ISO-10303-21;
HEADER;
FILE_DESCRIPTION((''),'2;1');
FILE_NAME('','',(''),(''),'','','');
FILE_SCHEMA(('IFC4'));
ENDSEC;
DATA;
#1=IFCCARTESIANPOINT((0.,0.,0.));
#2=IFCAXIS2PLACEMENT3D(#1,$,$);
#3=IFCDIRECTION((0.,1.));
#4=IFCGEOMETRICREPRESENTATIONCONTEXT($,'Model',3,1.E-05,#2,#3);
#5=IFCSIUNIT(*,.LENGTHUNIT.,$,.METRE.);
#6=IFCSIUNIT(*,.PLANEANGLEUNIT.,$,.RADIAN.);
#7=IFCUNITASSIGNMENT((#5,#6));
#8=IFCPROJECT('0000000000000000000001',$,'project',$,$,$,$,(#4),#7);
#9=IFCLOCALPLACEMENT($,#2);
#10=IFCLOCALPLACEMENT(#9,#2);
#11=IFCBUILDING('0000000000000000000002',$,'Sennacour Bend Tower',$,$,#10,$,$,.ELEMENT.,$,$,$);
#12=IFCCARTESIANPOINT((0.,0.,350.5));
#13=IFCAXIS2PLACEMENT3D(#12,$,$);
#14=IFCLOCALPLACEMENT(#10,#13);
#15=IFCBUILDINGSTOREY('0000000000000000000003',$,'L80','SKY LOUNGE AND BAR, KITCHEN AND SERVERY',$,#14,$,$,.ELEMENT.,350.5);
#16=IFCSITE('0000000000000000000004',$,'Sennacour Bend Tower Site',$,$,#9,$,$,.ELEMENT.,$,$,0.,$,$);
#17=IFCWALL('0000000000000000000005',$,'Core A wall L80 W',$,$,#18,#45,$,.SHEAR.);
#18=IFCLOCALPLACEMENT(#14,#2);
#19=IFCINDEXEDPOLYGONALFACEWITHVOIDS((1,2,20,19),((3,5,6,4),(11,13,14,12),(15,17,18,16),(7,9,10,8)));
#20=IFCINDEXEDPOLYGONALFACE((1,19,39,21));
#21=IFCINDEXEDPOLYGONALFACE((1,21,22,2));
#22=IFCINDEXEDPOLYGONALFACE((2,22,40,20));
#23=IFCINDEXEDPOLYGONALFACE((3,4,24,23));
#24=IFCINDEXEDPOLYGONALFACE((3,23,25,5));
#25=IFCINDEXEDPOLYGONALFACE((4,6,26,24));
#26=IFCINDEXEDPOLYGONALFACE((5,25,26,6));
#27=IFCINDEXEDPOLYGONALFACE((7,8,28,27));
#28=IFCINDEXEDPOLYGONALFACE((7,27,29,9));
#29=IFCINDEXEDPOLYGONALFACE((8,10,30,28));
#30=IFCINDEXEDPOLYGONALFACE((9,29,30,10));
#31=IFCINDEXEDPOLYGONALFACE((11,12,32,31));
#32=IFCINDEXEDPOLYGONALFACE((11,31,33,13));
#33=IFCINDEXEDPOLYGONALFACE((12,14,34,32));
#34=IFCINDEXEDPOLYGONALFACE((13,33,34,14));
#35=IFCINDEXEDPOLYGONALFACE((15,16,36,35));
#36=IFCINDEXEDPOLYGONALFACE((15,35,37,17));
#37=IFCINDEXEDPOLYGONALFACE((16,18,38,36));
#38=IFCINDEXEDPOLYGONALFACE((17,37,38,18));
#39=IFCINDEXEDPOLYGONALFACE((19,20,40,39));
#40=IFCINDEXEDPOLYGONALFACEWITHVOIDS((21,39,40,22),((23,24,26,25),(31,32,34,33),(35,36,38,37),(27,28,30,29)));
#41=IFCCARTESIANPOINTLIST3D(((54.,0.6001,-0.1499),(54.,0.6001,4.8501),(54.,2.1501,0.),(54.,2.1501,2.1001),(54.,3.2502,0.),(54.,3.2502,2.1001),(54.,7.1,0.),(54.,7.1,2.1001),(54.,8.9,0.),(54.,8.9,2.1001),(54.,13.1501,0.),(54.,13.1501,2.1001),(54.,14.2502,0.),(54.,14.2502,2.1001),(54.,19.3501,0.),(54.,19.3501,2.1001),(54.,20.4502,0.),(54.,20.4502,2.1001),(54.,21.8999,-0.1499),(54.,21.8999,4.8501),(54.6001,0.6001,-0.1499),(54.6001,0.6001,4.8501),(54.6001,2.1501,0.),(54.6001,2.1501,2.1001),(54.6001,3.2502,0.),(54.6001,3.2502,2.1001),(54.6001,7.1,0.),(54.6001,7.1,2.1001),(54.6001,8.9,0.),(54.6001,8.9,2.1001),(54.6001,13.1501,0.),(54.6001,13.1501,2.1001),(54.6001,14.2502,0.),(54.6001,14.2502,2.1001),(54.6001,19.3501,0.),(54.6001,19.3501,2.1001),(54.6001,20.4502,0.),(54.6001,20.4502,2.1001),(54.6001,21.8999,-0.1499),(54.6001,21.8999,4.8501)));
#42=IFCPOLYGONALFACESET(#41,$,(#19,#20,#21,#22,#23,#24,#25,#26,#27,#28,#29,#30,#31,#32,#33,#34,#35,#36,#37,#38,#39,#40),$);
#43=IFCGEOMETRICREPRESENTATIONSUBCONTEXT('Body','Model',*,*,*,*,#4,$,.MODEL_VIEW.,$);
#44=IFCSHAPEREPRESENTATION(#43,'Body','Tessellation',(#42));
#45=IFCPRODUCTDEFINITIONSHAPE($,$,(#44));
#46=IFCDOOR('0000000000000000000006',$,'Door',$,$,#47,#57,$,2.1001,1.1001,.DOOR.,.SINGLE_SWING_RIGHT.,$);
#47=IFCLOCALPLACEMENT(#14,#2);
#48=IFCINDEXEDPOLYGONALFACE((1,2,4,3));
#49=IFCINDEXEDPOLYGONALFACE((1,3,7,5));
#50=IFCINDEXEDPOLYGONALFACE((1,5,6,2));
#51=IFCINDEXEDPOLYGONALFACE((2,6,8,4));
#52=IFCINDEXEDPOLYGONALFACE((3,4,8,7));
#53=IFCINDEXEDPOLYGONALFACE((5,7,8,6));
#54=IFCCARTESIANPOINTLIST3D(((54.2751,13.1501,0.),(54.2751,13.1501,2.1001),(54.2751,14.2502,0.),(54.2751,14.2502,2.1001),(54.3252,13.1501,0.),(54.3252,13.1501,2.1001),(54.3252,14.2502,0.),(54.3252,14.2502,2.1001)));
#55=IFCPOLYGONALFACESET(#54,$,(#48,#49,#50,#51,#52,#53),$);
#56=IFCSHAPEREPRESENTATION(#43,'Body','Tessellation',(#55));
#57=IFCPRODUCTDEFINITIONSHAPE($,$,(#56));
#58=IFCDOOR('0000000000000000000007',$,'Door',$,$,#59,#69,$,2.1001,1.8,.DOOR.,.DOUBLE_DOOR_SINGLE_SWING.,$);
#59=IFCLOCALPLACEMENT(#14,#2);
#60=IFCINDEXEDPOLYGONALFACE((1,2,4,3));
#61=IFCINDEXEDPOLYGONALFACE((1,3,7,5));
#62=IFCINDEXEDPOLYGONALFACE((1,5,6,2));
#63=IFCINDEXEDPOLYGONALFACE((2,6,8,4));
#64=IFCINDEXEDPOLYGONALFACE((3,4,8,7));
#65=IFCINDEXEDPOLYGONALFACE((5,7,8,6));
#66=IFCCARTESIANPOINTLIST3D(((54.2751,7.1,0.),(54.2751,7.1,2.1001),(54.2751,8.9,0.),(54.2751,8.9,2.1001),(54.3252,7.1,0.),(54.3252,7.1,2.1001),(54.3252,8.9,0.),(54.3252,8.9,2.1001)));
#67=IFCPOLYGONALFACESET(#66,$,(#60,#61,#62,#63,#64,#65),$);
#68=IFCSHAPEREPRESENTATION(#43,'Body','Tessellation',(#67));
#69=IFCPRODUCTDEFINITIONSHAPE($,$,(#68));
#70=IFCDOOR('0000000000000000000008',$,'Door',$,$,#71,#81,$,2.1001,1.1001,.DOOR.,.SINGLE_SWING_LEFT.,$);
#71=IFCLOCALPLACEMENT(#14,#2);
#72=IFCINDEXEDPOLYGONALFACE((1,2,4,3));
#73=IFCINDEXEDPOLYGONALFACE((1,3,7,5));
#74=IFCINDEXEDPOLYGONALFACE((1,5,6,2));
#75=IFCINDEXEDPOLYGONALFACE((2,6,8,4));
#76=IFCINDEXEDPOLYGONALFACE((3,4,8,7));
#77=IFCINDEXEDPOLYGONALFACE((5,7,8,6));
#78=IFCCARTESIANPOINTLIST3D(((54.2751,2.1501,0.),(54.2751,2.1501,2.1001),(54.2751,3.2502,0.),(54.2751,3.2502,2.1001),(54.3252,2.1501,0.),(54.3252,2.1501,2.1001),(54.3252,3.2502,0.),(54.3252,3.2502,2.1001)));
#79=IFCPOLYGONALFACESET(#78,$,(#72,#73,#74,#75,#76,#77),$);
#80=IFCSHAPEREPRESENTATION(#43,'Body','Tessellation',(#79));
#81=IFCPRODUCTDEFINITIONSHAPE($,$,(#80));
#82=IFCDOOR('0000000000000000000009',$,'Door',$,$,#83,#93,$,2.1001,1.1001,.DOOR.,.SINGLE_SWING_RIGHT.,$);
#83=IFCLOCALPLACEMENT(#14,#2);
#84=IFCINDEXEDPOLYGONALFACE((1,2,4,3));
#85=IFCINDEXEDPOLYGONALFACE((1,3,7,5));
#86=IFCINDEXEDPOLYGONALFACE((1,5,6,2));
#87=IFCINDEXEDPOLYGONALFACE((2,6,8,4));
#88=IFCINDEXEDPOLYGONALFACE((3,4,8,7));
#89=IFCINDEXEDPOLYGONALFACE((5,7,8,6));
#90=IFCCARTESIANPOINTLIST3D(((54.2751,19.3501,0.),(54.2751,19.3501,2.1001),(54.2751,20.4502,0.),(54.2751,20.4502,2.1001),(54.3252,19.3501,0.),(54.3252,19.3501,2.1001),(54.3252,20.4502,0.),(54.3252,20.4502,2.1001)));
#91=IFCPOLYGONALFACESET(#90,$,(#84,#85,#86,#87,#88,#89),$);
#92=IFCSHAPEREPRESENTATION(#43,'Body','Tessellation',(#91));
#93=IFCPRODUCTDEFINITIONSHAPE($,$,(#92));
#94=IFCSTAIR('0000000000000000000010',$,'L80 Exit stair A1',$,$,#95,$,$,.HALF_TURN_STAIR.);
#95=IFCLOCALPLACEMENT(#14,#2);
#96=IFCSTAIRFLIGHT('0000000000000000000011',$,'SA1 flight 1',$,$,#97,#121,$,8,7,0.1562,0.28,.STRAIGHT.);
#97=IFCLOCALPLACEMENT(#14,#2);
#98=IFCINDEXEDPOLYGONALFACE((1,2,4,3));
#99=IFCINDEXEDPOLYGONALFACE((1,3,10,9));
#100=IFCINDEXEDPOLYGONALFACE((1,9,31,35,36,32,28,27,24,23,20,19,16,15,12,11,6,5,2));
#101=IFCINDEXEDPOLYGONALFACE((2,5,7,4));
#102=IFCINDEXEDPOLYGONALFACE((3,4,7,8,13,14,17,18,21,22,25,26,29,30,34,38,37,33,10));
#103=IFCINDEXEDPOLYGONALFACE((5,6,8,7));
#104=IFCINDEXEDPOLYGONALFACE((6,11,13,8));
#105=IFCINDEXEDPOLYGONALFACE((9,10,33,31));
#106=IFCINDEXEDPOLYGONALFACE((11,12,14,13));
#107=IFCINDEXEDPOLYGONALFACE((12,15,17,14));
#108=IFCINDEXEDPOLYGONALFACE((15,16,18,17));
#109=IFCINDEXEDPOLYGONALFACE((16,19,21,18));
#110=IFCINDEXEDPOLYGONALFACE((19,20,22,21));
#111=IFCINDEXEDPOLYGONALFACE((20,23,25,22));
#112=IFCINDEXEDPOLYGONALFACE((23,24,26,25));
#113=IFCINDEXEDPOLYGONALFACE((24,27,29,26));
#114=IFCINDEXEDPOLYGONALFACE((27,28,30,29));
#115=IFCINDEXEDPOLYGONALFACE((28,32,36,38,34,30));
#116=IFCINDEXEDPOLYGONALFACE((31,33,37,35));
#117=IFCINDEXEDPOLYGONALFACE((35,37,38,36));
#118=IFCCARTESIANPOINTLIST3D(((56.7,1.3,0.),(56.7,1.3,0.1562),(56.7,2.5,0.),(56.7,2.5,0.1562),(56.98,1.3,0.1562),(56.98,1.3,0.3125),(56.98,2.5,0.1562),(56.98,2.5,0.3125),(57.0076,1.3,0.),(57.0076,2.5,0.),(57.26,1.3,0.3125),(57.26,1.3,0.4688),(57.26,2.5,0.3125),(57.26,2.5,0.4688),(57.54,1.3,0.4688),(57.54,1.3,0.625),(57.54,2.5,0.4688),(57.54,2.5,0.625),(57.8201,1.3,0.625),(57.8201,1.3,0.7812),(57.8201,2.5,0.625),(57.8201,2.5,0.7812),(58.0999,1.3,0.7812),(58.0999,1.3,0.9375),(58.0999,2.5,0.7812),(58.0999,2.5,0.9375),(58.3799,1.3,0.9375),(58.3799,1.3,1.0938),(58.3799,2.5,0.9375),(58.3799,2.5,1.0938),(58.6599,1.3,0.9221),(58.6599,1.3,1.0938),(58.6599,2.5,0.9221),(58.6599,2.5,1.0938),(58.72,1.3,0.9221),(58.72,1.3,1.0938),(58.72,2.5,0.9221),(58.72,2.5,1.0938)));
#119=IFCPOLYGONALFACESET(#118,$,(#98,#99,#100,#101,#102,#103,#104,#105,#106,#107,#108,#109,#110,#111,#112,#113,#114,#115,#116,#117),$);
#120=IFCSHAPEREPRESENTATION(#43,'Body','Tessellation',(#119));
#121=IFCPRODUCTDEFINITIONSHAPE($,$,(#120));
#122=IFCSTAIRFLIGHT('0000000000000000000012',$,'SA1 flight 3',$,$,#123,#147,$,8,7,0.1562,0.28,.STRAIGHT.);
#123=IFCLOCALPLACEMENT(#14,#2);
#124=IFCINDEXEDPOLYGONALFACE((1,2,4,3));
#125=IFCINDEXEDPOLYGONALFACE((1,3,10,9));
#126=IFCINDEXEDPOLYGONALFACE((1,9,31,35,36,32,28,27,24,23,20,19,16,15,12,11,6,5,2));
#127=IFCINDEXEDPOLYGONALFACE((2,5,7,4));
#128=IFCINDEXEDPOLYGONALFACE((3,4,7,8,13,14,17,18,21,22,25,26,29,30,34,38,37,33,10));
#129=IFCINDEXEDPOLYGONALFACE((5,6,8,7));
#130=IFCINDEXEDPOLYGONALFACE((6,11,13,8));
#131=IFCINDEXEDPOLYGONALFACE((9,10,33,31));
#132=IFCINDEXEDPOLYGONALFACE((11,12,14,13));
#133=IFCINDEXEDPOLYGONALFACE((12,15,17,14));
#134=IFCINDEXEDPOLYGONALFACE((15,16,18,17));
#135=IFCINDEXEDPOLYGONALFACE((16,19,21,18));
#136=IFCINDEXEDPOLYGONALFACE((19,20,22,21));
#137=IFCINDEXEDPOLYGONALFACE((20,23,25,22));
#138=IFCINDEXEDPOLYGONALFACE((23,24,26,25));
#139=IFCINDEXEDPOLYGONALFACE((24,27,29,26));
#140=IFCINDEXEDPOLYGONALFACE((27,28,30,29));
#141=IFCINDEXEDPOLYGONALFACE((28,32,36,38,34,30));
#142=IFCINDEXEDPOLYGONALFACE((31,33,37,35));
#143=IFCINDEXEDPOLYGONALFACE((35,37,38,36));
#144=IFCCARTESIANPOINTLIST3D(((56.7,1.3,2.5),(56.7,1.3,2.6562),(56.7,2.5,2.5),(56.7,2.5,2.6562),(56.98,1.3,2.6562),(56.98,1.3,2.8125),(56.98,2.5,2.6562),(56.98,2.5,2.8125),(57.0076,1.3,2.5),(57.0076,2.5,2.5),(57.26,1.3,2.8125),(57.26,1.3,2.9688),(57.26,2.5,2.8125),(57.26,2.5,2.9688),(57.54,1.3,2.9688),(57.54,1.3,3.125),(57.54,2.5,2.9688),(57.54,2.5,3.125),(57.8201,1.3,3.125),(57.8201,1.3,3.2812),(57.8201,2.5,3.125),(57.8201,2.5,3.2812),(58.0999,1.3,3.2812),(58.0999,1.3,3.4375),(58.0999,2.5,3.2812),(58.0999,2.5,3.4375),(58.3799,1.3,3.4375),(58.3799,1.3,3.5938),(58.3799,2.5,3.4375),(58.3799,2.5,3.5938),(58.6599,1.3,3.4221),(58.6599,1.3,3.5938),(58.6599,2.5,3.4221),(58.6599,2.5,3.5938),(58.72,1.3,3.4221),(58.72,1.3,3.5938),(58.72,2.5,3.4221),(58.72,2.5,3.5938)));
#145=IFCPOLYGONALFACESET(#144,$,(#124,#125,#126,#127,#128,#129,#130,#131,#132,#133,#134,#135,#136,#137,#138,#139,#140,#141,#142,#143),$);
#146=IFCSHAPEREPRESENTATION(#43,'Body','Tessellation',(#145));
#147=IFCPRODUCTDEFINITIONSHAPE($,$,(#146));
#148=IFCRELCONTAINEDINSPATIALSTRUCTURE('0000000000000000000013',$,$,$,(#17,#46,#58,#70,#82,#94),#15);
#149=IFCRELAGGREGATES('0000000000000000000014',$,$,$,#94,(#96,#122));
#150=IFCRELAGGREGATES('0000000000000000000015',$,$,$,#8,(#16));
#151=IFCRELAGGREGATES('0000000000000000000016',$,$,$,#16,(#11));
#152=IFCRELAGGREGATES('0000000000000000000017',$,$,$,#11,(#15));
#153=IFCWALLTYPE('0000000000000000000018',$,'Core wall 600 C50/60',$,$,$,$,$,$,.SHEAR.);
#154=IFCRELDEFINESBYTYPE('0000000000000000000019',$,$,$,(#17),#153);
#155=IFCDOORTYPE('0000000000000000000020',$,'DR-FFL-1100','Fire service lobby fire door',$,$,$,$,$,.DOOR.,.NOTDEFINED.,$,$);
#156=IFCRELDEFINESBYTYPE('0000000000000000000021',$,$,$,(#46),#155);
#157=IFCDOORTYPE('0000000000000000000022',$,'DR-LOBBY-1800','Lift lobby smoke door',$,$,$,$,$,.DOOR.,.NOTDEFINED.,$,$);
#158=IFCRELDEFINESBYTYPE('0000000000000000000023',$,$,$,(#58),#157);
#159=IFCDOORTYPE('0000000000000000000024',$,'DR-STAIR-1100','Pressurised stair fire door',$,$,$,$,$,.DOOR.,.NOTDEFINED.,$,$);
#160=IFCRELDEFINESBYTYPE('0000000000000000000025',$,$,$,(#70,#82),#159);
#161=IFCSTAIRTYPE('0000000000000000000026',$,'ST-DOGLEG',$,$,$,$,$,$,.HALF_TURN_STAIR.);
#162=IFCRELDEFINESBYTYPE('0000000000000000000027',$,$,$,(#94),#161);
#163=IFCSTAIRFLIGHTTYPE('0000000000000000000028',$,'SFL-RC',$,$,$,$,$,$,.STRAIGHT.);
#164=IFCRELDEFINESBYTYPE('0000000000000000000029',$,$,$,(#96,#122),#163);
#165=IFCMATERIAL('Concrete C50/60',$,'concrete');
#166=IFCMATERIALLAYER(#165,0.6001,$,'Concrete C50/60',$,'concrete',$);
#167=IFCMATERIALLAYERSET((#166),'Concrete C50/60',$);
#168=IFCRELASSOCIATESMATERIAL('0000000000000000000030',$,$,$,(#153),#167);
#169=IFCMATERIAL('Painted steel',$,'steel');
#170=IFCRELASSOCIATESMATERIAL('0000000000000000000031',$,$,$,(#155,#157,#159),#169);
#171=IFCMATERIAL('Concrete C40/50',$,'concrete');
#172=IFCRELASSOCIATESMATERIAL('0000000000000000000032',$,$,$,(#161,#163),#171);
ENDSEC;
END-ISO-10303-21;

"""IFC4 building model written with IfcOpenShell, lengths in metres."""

from ifc_helpers import new_model, si_unit, direction, frame, frame_2d, origin, place, context, subcontext, project, spatial, polyline, rectangle, outline, extrude, material, layer, layer_set, type_object, element, fill, aggregate, save


model = new_model("IFC4")

# Units and contexts
model_context = context("Model", 3, precision=1e-05, world=origin(), true_north=direction((0.0, 1.0)))
body_context = subcontext(model_context, "Body", "Model", "MODEL_VIEW")
ifc_project = project(units=[si_unit("LENGTHUNIT", "METRE"), si_unit("PLANEANGLEUNIT", "RADIAN")], contexts=[model_context])

# Site, building, storey
site_placement = place(None, origin())
site = spatial("IfcSite", under=ifc_project, at=site_placement, Name="Sennacour Bend Tower Site", CompositionType="ELEMENT", RefElevation=0.0)
building_placement = place(site_placement, origin())
building = spatial("IfcBuilding", under=site, at=building_placement, Name="Sennacour Bend Tower", CompositionType="ELEMENT")
storey_placement = place(building_placement, frame((0.0, 0.0, 350.5)))
storey = spatial("IfcBuildingStorey", under=building, at=storey_placement, Name="L80", Description="SKY LOUNGE AND BAR, KITCHEN AND SERVERY", CompositionType="ELEMENT", Elevation=350.5)

# Wall, openings, doors
ifc_material_1 = material(Name="Concrete C50/60", Category="concrete")
ifc_layer_1 = layer(ifc_material_1, 0.6001, Name="Concrete C50/60", Category="concrete")
ifc_layer_set_1 = layer_set([ifc_layer_1], Name="Concrete C50/60")
wall_type = type_object("IfcWallType", Name="Core wall 600 C50/60", PredefinedType="SHEAR", material=ifc_layer_set_1)
wall_placement = place(storey_placement, frame((54.3, 0.6001, -0.1499), z_axis=(0.0, 0.0, 1.0), x_axis=(0.0, 1.0, 0.0)))
wall = element("IfcWall", 1, at=wall_placement, inside=storey, type_object=wall_type, Name="Core A wall L80 W", PredefinedType="SHEAR", context=body_context, shape_type="SweptSolid", body=[
    extrude(rectangle(XDim=21.2998, YDim=0.6001, at=frame_2d((10.6499, 0.0))), origin(), (0.0, 0.0, 1.0), 5.0),
])
opening_1_placement = place(wall_placement, frame((6.5, 0.0, 0.1499)))
opening_1 = element("IfcOpeningElement", 2, at=opening_1_placement, cuts=wall, PredefinedType="OPENING", context=body_context, shape_type="SweptSolid", body=[
    extrude(rectangle(XDim=1.8, YDim=2.1001, at=frame_2d((0.8999, 1.05))), frame((0.0, 0.3101, 0.0), z_axis=(0.0, -1.0, 0.0), x_axis=(1.0, 0.0, 0.0)), (0.0, 0.0, 1.0), 0.6201),
])
opening_2_placement = place(wall_placement, frame((12.55, 0.0, 0.1499)))
opening_2 = element("IfcOpeningElement", 3, at=opening_2_placement, cuts=wall, PredefinedType="OPENING", context=body_context, shape_type="SweptSolid", body=[
    extrude(rectangle(XDim=1.1001, YDim=2.1001, at=frame_2d((0.55, 1.05))), frame((0.0, 0.3101, 0.0), z_axis=(0.0, -1.0, 0.0), x_axis=(1.0, 0.0, 0.0)), (0.0, 0.0, 1.0), 0.6201),
])
opening_3_placement = place(wall_placement, frame((1.55, 0.0, 0.1499)))
opening_3 = element("IfcOpeningElement", 4, at=opening_3_placement, cuts=wall, PredefinedType="OPENING", context=body_context, shape_type="SweptSolid", body=[
    extrude(rectangle(XDim=1.1001, YDim=2.1001, at=frame_2d((0.55, 1.05))), frame((0.0, 0.3101, 0.0), z_axis=(0.0, -1.0, 0.0), x_axis=(1.0, 0.0, 0.0)), (0.0, 0.0, 1.0), 0.6201),
])
opening_4_placement = place(wall_placement, frame((18.75, 0.0, 0.1499)))
opening_4 = element("IfcOpeningElement", 5, at=opening_4_placement, cuts=wall, PredefinedType="OPENING", context=body_context, shape_type="SweptSolid", body=[
    extrude(rectangle(XDim=1.1001, YDim=2.1001, at=frame_2d((0.55, 1.05))), frame((0.0, 0.3101, 0.0), z_axis=(0.0, -1.0, 0.0), x_axis=(1.0, 0.0, 0.0)), (0.0, 0.0, 1.0), 0.6201),
])
ifc_material_2 = material(Name="Painted steel", Category="steel")
door_type_1 = type_object("IfcDoorType", Name="DR-FFL-1100", Description="Fire service lobby fire door", OperationType="NOTDEFINED", PredefinedType="DOOR", material=ifc_material_2)
door_1_placement = place(opening_2_placement, origin())
door_1 = element("IfcDoor", 6, at=door_1_placement, inside=storey, type_object=door_type_1, Name="Door", OperationType="SINGLE_SWING_RIGHT", OverallHeight=2.1001, OverallWidth=1.1001, PredefinedType="DOOR", context=body_context, shape_type="SweptSolid", body=[
    extrude(rectangle(XDim=1.1001, YDim=2.1001, at=frame_2d((0.55, 1.05))), frame((0.0, 0.0249, 0.0), z_axis=(0.0, -1.0, 0.0), x_axis=(1.0, 0.0, 0.0)), (0.0, 0.0, 1.0), 0.05),
])
fill(opening_2, door_1)
door_type_2 = type_object("IfcDoorType", Name="DR-LOBBY-1800", Description="Lift lobby smoke door", OperationType="NOTDEFINED", PredefinedType="DOOR", material=ifc_material_2)
door_2_placement = place(opening_1_placement, origin())
door_2 = element("IfcDoor", 7, at=door_2_placement, inside=storey, type_object=door_type_2, Name="Door", OperationType="DOUBLE_DOOR_SINGLE_SWING", OverallHeight=2.1001, OverallWidth=1.8, PredefinedType="DOOR", context=body_context, shape_type="SweptSolid", body=[
    extrude(rectangle(XDim=1.8, YDim=2.1001, at=frame_2d((0.8999, 1.05))), frame((0.0, 0.0249, 0.0), z_axis=(0.0, -1.0, 0.0), x_axis=(1.0, 0.0, 0.0)), (0.0, 0.0, 1.0), 0.05),
])
fill(opening_1, door_2)
door_type_3 = type_object("IfcDoorType", Name="DR-STAIR-1100", Description="Pressurised stair fire door", OperationType="NOTDEFINED", PredefinedType="DOOR", material=ifc_material_2)
door_3_placement = place(opening_3_placement, origin())
door_3 = element("IfcDoor", 8, at=door_3_placement, inside=storey, type_object=door_type_3, Name="Door", OperationType="SINGLE_SWING_LEFT", OverallHeight=2.1001, OverallWidth=1.1001, PredefinedType="DOOR", context=body_context, shape_type="SweptSolid", body=[
    extrude(rectangle(XDim=1.1001, YDim=2.1001, at=frame_2d((0.55, 1.05))), frame((0.0, 0.0249, 0.0), z_axis=(0.0, -1.0, 0.0), x_axis=(1.0, 0.0, 0.0)), (0.0, 0.0, 1.0), 0.05),
])
fill(opening_3, door_3)
door_4_placement = place(opening_4_placement, origin())
door_4 = element("IfcDoor", 9, at=door_4_placement, inside=storey, type_object=door_type_3, Name="Door", OperationType="SINGLE_SWING_RIGHT", OverallHeight=2.1001, OverallWidth=1.1001, PredefinedType="DOOR", context=body_context, shape_type="SweptSolid", body=[
    extrude(rectangle(XDim=1.1001, YDim=2.1001, at=frame_2d((0.55, 1.05))), frame((0.0, 0.0249, 0.0), z_axis=(0.0, -1.0, 0.0), x_axis=(1.0, 0.0, 0.0)), (0.0, 0.0, 1.0), 0.05),
])
fill(opening_4, door_4)

# Stair, stair flights
ifc_material_3 = material(Name="Concrete C40/50", Category="concrete")
stair_type = type_object("IfcStairType", Name="ST-DOGLEG", PredefinedType="HALF_TURN_STAIR", material=ifc_material_3)
stair_placement = place(storey_placement, origin())
stair = element("IfcStair", 10, at=stair_placement, inside=storey, type_object=stair_type, Name="L80 Exit stair A1", PredefinedType="HALF_TURN_STAIR")
stair_flight_type = type_object("IfcStairFlightType", Name="SFL-RC", PredefinedType="STRAIGHT", material=ifc_material_3)
stair_flight_1_placement = place(storey_placement, frame((56.7, 1.8999, 0.0), z_axis=(0.0, 0.0, 1.0), x_axis=(1.0, 0.0, 0.0)))
stair_flight_1 = element("IfcStairFlight", 11, at=stair_flight_1_placement, type_object=stair_flight_type, Name="SA1 flight 1", NumberOfRisers=8, NumberOfTreads=7, PredefinedType="STRAIGHT", RiserHeight=0.1562, TreadLength=0.28, context=body_context, shape_type="SweptSolid", body=[
    extrude(outline(polyline([(0.0, 0.0), (0.0, 0.1562), (0.28, 0.1562), (0.28, 0.3125), (0.5601, 0.3125), (0.5601, 0.4688), (0.8401, 0.4688), (0.8401, 0.625), (1.1201, 0.625), (1.1201, 0.7812), (1.3999, 0.7812), (1.3999, 0.9375), (1.6799, 0.9375), (1.6799, 1.0938), (1.96, 1.0938), (2.02, 1.0938), (2.02, 0.9221), (1.96, 0.9221), (0.3076, 0.0), (0.0, 0.0)])), frame((0.0, 0.6001, 0.0), z_axis=(0.0, -1.0, 0.0), x_axis=(1.0, 0.0, 0.0)), (0.0, 0.0, 1.0), 1.2),
])
stair_flight_2_placement = place(storey_placement, frame((56.7, 1.8999, 2.5), z_axis=(0.0, 0.0, 1.0), x_axis=(1.0, 0.0, 0.0)))
stair_flight_2 = element("IfcStairFlight", 12, at=stair_flight_2_placement, type_object=stair_flight_type, Name="SA1 flight 3", NumberOfRisers=8, NumberOfTreads=7, PredefinedType="STRAIGHT", RiserHeight=0.1562, TreadLength=0.28, context=body_context, shape_type="SweptSolid", body=[
    extrude(outline(polyline([(0.0, 0.0), (0.0, 0.1562), (0.28, 0.1562), (0.28, 0.3125), (0.5601, 0.3125), (0.5601, 0.4688), (0.8401, 0.4688), (0.8401, 0.625), (1.1201, 0.625), (1.1201, 0.7812), (1.3999, 0.7812), (1.3999, 0.9375), (1.6799, 0.9375), (1.6799, 1.0938), (1.96, 1.0938), (2.02, 1.0938), (2.02, 0.9221), (1.96, 0.9221), (0.3076, 0.0), (0.0, 0.0)])), frame((0.0, 0.6001, 0.0), z_axis=(0.0, -1.0, 0.0), x_axis=(1.0, 0.0, 0.0)), (0.0, 0.0, 1.0), 1.2),
])
aggregate(stair, [stair_flight_1, stair_flight_2])

save(model, "model.ifc")
